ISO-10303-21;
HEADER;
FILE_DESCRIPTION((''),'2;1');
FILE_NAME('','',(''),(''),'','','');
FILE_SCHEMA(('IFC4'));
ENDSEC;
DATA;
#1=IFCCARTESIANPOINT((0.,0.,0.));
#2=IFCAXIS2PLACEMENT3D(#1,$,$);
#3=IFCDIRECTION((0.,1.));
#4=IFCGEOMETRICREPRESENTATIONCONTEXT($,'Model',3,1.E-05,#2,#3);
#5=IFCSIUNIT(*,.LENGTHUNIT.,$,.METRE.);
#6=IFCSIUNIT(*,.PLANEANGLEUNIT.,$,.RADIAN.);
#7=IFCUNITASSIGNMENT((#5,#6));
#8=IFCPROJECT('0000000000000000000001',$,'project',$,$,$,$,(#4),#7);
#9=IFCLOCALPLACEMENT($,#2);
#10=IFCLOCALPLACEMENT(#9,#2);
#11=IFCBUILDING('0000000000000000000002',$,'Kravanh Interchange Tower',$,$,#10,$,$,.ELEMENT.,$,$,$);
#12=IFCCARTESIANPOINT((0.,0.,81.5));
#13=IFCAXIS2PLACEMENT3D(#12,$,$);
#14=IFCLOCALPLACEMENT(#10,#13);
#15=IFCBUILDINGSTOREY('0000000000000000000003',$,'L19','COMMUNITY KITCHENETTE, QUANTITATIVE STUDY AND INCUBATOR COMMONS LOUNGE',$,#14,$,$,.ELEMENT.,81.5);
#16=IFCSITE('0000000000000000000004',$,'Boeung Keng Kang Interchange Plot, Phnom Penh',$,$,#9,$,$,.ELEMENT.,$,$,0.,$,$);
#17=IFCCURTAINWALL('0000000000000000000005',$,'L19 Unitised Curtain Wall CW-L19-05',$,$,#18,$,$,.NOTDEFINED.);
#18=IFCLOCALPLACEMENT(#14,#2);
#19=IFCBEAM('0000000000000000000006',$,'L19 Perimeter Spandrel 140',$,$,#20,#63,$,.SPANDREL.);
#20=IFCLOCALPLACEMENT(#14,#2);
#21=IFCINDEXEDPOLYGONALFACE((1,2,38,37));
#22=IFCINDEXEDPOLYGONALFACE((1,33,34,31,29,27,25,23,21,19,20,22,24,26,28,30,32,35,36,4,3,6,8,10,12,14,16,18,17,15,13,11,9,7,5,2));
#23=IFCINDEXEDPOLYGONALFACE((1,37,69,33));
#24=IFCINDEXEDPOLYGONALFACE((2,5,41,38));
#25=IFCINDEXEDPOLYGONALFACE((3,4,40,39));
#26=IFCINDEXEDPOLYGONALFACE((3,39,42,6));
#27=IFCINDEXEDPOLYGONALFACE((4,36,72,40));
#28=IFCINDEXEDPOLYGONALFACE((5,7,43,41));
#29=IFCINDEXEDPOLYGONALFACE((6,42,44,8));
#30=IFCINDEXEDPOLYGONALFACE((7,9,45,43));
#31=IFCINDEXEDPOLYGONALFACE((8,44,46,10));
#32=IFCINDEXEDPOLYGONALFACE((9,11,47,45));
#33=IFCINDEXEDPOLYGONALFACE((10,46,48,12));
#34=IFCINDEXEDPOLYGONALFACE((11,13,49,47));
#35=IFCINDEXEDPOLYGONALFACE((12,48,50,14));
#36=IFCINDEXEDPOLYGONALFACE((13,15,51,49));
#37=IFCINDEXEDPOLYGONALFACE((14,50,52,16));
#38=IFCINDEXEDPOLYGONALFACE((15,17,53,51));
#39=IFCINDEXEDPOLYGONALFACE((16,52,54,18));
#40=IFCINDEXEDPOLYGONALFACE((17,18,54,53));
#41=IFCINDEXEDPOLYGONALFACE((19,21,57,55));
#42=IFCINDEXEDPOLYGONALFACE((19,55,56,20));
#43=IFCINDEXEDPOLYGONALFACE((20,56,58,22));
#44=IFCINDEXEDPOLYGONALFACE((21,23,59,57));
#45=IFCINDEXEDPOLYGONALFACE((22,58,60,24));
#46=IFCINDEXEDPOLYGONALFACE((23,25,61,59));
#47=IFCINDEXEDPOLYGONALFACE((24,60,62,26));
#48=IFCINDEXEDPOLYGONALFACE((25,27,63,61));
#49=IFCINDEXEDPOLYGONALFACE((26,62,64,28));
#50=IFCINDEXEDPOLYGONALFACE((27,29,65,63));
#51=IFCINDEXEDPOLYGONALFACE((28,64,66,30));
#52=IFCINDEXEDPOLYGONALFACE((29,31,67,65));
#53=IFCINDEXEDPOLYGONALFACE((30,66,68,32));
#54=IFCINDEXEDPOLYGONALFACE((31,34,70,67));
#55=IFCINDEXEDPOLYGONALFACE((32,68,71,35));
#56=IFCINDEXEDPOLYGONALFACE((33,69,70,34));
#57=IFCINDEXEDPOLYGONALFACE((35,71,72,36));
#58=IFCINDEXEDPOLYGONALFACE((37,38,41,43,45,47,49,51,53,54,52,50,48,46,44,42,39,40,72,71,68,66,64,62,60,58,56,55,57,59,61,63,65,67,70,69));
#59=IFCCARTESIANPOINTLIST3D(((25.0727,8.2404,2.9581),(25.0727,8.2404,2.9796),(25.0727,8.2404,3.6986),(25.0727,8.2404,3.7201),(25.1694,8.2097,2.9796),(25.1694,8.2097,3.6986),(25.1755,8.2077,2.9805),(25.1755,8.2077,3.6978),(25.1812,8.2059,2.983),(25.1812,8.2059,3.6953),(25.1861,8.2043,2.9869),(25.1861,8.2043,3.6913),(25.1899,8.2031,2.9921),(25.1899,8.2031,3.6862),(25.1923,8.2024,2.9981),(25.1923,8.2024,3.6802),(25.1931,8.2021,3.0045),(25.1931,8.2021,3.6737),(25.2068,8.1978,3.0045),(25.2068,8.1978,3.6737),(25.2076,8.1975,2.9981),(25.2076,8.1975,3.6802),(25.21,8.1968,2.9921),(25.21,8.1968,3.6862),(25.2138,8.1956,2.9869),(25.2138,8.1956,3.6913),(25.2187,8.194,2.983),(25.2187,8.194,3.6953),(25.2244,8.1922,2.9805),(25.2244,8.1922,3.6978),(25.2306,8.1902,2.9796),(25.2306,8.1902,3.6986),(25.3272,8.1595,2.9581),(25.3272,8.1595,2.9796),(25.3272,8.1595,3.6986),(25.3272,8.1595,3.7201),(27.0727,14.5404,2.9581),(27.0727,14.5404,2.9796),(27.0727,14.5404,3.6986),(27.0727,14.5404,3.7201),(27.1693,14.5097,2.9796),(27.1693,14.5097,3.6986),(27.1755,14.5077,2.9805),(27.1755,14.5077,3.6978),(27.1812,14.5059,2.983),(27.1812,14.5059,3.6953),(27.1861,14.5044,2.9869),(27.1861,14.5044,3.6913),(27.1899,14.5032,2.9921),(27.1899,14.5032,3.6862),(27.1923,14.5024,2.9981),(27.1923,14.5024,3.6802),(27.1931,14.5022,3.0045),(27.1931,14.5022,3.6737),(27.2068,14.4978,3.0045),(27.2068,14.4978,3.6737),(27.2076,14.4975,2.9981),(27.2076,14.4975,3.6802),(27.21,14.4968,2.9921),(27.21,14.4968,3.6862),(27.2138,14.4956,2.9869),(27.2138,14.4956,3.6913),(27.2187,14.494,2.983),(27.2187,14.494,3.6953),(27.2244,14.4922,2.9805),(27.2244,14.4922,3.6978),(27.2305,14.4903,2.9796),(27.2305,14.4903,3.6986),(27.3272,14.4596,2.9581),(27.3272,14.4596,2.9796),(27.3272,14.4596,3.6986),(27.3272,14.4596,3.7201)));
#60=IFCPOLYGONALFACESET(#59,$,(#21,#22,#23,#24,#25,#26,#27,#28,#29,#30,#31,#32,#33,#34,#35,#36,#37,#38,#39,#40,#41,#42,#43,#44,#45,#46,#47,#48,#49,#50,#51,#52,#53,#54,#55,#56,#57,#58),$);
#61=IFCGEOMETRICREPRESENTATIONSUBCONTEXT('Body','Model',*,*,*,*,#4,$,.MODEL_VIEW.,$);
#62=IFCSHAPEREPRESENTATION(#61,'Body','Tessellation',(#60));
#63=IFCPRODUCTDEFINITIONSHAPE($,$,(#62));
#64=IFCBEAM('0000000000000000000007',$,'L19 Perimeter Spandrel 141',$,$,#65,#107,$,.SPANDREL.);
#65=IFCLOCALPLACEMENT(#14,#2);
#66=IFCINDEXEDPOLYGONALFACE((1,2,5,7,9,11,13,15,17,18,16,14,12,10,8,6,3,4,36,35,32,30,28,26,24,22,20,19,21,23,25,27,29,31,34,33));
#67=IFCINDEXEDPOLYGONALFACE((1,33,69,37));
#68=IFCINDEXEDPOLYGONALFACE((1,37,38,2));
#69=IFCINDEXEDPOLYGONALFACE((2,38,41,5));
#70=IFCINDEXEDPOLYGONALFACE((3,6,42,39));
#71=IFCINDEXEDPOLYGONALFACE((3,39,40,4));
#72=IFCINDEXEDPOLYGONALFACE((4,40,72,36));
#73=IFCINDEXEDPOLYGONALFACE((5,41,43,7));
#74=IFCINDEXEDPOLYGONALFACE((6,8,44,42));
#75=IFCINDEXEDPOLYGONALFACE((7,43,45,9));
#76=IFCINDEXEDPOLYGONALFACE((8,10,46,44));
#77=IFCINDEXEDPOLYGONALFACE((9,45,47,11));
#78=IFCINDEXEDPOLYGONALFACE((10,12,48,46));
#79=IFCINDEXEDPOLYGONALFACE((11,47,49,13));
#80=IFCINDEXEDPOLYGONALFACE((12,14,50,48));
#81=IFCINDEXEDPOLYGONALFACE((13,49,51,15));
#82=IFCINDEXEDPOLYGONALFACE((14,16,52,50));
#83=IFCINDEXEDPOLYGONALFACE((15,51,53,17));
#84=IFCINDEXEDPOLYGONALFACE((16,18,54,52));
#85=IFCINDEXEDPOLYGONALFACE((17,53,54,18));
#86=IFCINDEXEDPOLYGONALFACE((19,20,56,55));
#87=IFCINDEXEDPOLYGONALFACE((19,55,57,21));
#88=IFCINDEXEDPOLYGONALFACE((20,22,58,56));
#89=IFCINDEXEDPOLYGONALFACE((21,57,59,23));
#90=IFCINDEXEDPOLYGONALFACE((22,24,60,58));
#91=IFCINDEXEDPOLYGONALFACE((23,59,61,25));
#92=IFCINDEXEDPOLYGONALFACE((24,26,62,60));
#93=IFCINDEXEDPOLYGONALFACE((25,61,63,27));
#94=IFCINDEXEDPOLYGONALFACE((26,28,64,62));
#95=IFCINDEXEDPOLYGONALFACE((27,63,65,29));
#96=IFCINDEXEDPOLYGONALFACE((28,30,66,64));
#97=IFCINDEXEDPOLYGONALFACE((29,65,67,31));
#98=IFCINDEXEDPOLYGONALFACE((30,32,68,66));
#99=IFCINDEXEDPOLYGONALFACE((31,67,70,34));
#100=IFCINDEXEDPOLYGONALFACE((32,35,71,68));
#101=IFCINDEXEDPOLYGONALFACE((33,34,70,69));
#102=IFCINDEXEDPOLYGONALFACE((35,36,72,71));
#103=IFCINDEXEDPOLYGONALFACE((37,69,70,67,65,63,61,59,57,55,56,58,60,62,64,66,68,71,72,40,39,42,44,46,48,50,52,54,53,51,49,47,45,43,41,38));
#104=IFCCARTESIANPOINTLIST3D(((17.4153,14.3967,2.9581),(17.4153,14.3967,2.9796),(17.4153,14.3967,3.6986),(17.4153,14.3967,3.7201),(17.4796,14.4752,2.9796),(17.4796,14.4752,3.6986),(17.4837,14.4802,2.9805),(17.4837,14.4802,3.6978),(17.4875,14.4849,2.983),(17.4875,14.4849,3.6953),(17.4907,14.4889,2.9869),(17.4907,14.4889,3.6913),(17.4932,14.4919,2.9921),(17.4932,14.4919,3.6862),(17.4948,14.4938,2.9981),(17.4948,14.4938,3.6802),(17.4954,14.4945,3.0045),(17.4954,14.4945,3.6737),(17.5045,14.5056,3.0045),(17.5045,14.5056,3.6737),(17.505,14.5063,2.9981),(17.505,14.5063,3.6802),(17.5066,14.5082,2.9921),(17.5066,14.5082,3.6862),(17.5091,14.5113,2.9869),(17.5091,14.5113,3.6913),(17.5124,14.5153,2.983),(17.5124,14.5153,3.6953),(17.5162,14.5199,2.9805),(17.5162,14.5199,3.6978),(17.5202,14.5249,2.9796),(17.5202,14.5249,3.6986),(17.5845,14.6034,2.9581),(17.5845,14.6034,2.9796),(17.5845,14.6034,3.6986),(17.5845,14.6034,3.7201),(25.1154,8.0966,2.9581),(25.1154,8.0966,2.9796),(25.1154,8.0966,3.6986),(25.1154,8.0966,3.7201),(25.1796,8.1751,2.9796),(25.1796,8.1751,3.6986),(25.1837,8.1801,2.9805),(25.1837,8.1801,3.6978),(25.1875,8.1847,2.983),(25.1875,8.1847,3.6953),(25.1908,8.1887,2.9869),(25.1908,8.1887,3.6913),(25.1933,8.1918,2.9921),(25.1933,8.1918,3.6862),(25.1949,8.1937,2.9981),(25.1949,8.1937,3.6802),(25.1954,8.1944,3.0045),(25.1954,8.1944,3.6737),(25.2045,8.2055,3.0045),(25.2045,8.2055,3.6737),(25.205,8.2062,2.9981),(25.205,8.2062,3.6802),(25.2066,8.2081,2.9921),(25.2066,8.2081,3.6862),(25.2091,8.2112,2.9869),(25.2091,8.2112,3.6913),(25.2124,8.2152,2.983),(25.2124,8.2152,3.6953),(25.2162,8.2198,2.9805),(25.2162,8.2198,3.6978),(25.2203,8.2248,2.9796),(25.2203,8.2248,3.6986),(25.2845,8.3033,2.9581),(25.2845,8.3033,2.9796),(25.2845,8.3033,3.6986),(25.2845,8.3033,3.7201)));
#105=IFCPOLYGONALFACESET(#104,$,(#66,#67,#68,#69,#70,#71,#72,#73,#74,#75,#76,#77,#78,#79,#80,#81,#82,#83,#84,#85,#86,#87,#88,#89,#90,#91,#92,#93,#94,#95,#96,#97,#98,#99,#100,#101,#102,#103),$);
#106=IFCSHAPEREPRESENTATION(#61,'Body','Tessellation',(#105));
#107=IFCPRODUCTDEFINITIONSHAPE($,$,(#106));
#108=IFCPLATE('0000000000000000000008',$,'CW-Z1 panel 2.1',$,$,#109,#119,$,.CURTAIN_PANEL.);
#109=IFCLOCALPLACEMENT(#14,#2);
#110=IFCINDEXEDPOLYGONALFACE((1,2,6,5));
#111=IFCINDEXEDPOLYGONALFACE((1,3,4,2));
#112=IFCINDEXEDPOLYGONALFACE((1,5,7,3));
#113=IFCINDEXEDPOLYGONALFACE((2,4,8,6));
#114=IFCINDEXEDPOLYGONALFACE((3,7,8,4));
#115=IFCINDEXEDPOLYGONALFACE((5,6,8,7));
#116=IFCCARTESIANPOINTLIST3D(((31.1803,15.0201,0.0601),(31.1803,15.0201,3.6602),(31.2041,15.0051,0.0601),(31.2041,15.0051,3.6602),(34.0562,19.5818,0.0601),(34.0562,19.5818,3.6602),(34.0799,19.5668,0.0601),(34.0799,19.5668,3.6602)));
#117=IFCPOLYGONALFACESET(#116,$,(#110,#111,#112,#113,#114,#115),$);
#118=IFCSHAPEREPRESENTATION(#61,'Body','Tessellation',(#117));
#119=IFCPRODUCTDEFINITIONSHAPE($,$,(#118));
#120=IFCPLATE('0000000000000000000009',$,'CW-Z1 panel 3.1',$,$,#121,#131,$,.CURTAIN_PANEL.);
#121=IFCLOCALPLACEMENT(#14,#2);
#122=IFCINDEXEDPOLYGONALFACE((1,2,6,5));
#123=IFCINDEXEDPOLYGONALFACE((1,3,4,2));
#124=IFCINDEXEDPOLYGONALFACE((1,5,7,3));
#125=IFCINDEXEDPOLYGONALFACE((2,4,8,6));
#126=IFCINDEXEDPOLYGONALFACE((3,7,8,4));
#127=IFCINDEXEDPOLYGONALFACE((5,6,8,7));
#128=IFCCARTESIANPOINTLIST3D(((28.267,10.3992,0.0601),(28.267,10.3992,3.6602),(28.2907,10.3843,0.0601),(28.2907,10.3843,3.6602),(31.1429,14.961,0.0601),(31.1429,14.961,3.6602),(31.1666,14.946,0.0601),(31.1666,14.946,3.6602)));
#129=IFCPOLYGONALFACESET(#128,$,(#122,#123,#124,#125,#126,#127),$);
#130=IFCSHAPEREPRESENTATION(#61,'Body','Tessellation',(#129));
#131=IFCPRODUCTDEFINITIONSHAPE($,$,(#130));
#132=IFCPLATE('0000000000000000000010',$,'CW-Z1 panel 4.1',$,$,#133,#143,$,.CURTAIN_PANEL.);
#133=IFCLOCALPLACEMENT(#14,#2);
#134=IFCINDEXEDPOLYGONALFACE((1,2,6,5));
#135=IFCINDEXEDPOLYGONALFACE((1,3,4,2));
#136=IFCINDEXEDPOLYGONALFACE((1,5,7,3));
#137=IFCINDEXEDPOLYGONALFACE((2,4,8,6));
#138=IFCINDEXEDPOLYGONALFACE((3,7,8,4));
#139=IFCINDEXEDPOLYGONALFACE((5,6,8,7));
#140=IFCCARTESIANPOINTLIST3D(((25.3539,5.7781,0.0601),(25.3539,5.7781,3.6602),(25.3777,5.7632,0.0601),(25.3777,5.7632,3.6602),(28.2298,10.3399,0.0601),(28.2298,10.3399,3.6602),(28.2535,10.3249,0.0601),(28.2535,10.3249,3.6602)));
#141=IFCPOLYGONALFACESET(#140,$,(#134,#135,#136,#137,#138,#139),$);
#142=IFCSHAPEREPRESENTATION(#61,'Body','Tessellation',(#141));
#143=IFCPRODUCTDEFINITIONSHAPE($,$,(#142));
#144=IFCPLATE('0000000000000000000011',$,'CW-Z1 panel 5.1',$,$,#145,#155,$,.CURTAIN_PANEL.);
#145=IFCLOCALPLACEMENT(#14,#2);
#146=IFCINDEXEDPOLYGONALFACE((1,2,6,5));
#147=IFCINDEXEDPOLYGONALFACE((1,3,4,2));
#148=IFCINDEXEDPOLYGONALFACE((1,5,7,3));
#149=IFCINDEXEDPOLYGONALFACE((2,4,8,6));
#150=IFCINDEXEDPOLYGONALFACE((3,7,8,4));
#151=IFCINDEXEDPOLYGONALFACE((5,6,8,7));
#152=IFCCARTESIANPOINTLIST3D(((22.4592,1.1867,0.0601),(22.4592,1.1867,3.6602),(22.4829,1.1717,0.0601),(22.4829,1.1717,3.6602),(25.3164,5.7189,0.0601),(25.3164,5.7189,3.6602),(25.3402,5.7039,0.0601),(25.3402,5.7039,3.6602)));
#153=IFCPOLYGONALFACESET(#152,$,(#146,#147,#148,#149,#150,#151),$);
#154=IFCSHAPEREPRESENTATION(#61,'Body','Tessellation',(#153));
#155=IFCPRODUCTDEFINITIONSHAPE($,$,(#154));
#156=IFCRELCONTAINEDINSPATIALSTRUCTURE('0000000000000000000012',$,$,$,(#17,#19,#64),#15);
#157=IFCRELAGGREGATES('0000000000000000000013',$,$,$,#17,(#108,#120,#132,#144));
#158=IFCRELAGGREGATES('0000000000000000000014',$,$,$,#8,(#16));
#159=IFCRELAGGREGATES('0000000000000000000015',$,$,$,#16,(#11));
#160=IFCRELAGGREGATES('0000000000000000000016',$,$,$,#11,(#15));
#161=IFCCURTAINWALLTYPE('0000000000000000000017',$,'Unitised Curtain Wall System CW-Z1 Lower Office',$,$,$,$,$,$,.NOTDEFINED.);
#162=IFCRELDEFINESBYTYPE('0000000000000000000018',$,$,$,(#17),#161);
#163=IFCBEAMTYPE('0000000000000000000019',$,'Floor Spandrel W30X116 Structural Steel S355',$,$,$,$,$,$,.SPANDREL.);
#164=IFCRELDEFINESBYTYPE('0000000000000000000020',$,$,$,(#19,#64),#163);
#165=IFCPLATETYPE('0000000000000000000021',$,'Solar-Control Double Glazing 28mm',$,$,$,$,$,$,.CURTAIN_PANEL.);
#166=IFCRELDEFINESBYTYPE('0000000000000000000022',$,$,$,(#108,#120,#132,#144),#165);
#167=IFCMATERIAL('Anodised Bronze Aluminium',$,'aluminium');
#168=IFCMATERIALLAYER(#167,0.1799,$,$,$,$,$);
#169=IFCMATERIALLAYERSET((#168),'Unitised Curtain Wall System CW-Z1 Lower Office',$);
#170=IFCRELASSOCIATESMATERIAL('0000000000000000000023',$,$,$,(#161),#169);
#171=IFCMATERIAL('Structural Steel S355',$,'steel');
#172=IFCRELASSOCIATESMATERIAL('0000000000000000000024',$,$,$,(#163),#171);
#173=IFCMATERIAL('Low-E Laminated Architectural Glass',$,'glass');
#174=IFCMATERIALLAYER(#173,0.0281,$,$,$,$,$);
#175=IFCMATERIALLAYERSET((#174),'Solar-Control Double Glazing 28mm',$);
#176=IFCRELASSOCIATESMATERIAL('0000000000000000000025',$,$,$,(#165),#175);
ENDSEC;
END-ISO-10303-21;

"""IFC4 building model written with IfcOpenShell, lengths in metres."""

from ifc_helpers import new_model, si_unit, direction, frame, origin, origin_2d, place, context, subcontext, project, spatial, rectangle, i_section, extrude, material, layer, layer_set, material_profile, profile_set, type_object, element, aggregate, save


model = new_model("IFC4")

# Units and contexts
model_context = context("Model", 3, precision=1e-05, world=origin(), true_north=direction((0.0, 1.0)))
body_context = subcontext(model_context, "Body", "Model", "MODEL_VIEW")
ifc_project = project(units=[si_unit("LENGTHUNIT", "METRE"), si_unit("PLANEANGLEUNIT", "RADIAN")], contexts=[model_context])

# Site, building, storey
site_placement = place(None, origin())
site = spatial("IfcSite", under=ifc_project, at=site_placement, Name="Boeung Keng Kang Interchange Plot, Phnom Penh", CompositionType="ELEMENT", RefElevation=0.0)
building_placement = place(site_placement, origin())
building = spatial("IfcBuilding", under=site, at=building_placement, Name="Kravanh Interchange Tower", CompositionType="ELEMENT")
storey_placement = place(building_placement, frame((0.0, 0.0, 81.5)))
storey = spatial("IfcBuildingStorey", under=building, at=storey_placement, Name="L19", Description="COMMUNITY KITCHENETTE, QUANTITATIVE STUDY AND INCUBATOR COMMONS LOUNGE", CompositionType="ELEMENT", Elevation=81.5)

# Curtain wall
ifc_material_1 = material(Name="Anodised Bronze Aluminium", Category="aluminium")
ifc_layer_1 = layer(ifc_material_1, 0.1799)
ifc_layer_set_1 = layer_set([ifc_layer_1], Name="Unitised Curtain Wall System CW-Z1 Lower Office")
curtain_wall_type = type_object("IfcCurtainWallType", Name="Unitised Curtain Wall System CW-Z1 Lower Office", PredefinedType="NOTDEFINED", material=ifc_layer_set_1)
curtain_wall_1_placement = place(storey_placement, origin())
curtain_wall_1 = element("IfcCurtainWall", 1, at=curtain_wall_1_placement, inside=storey, type_object=curtain_wall_type, Name="L19 Unitised Curtain Wall CW-L19-05", PredefinedType="NOTDEFINED")

# Beams
ifc_material_2 = material(Name="Structural Steel S355", Category="steel")
ifc_material_profile_1 = material_profile(ifc_material_2, i_section(OverallWidth=0.2671, OverallDepth=0.762, WebThickness=0.0144, FlangeThickness=0.0215, FilletRadius=0.0249, at=origin_2d()), Name="W30X116")
ifc_profile_set_1 = profile_set([ifc_material_profile_1], Name="Structural Steel S355")
beam_type = type_object("IfcBeamType", Name="Floor Spandrel W30X116 Structural Steel S355", PredefinedType="SPANDREL", material=ifc_profile_set_1)
beam_1_placement = place(storey_placement, frame((25.2, 8.2, 3.3391), z_axis=(0.302577, 0.953125, 0.0), x_axis=(-0.953125, 0.302577, 0.0)))
element("IfcBeam", 2, at=beam_1_placement, inside=storey, type_object=beam_type, Name="L19 Perimeter Spandrel 140", PredefinedType="SPANDREL", context=body_context, shape_type="SweptSolid", body=[
    extrude(i_section(OverallWidth=0.2671, OverallDepth=0.762, WebThickness=0.0144, FlangeThickness=0.0215, FilletRadius=0.0249, at=origin_2d()), origin(), (0.0, 0.0, 1.0), 6.6099),
])
beam_2_placement = place(storey_placement, frame((25.2, 8.2, 3.3391), z_axis=(-0.773953, 0.633243, 0.0), x_axis=(-0.633243, -0.773953, 0.0)))
element("IfcBeam", 3, at=beam_2_placement, inside=storey, type_object=beam_type, Name="L19 Perimeter Spandrel 141", PredefinedType="SPANDREL", context=body_context, shape_type="SweptSolid", body=[
    extrude(i_section(OverallWidth=0.2671, OverallDepth=0.762, WebThickness=0.0144, FlangeThickness=0.0215, FilletRadius=0.0249, at=origin_2d()), origin(), (0.0, 0.0, 1.0), 9.949),
])

# Plates
ifc_material_3 = material(Name="Low-E Laminated Architectural Glass", Category="glass")
ifc_layer_2 = layer(ifc_material_3, 0.0281)
ifc_layer_set_2 = layer_set([ifc_layer_2], Name="Solar-Control Double Glazing 28mm")
plate_type = type_object("IfcPlateType", Name="Solar-Control Double Glazing 28mm", PredefinedType="CURTAIN_PANEL", material=ifc_layer_set_2)
plate_1_placement = place(storey_placement, frame((32.6301, 17.2935, 0.0601), z_axis=(0.0, 0.0, 1.0), x_axis=(-0.533301, -0.845926, 0.0)))
plate_1 = element("IfcPlate", 4, at=plate_1_placement, type_object=plate_type, Name="CW-Z1 panel 2.1", PredefinedType="CURTAIN_PANEL", context=body_context, shape_type="SweptSolid", body=[
    extrude(rectangle(XDim=5.3926, YDim=0.0281, at=origin_2d()), origin(), (0.0, 0.0, 1.0), 3.6001),
])
plate_2_placement = place(storey_placement, frame((29.7168, 12.6726, 0.0601), z_axis=(0.0, 0.0, 1.0), x_axis=(-0.533301, -0.845926, 0.0)))
plate_2 = element("IfcPlate", 5, at=plate_2_placement, type_object=plate_type, Name="CW-Z1 panel 3.1", PredefinedType="CURTAIN_PANEL", context=body_context, shape_type="SweptSolid", body=[
    extrude(rectangle(XDim=5.3926, YDim=0.0281, at=origin_2d()), origin(), (0.0, 0.0, 1.0), 3.6001),
])
plate_3_placement = place(storey_placement, frame((26.8037, 8.0515, 0.0601), z_axis=(0.0, 0.0, 1.0), x_axis=(-0.533301, -0.845926, 0.0)))
plate_3 = element("IfcPlate", 6, at=plate_3_placement, type_object=plate_type, Name="CW-Z1 panel 4.1", PredefinedType="CURTAIN_PANEL", context=body_context, shape_type="SweptSolid", body=[
    extrude(rectangle(XDim=5.3926, YDim=0.0281, at=origin_2d()), origin(), (0.0, 0.0, 1.0), 3.6001),
])
plate_4_placement = place(storey_placement, frame((23.8997, 3.4453, 0.0601), z_axis=(0.0, 0.0, 1.0), x_axis=(-0.533301, -0.845926, 0.0)))
plate_4 = element("IfcPlate", 7, at=plate_4_placement, type_object=plate_type, Name="CW-Z1 panel 5.1", PredefinedType="CURTAIN_PANEL", context=body_context, shape_type="SweptSolid", body=[
    extrude(rectangle(XDim=5.3577, YDim=0.0281, at=origin_2d()), origin(), (0.0, 0.0, 1.0), 3.6001),
])
aggregate(curtain_wall_1, [plate_1, plate_2, plate_3, plate_4])

save(model, "model.ifc")
